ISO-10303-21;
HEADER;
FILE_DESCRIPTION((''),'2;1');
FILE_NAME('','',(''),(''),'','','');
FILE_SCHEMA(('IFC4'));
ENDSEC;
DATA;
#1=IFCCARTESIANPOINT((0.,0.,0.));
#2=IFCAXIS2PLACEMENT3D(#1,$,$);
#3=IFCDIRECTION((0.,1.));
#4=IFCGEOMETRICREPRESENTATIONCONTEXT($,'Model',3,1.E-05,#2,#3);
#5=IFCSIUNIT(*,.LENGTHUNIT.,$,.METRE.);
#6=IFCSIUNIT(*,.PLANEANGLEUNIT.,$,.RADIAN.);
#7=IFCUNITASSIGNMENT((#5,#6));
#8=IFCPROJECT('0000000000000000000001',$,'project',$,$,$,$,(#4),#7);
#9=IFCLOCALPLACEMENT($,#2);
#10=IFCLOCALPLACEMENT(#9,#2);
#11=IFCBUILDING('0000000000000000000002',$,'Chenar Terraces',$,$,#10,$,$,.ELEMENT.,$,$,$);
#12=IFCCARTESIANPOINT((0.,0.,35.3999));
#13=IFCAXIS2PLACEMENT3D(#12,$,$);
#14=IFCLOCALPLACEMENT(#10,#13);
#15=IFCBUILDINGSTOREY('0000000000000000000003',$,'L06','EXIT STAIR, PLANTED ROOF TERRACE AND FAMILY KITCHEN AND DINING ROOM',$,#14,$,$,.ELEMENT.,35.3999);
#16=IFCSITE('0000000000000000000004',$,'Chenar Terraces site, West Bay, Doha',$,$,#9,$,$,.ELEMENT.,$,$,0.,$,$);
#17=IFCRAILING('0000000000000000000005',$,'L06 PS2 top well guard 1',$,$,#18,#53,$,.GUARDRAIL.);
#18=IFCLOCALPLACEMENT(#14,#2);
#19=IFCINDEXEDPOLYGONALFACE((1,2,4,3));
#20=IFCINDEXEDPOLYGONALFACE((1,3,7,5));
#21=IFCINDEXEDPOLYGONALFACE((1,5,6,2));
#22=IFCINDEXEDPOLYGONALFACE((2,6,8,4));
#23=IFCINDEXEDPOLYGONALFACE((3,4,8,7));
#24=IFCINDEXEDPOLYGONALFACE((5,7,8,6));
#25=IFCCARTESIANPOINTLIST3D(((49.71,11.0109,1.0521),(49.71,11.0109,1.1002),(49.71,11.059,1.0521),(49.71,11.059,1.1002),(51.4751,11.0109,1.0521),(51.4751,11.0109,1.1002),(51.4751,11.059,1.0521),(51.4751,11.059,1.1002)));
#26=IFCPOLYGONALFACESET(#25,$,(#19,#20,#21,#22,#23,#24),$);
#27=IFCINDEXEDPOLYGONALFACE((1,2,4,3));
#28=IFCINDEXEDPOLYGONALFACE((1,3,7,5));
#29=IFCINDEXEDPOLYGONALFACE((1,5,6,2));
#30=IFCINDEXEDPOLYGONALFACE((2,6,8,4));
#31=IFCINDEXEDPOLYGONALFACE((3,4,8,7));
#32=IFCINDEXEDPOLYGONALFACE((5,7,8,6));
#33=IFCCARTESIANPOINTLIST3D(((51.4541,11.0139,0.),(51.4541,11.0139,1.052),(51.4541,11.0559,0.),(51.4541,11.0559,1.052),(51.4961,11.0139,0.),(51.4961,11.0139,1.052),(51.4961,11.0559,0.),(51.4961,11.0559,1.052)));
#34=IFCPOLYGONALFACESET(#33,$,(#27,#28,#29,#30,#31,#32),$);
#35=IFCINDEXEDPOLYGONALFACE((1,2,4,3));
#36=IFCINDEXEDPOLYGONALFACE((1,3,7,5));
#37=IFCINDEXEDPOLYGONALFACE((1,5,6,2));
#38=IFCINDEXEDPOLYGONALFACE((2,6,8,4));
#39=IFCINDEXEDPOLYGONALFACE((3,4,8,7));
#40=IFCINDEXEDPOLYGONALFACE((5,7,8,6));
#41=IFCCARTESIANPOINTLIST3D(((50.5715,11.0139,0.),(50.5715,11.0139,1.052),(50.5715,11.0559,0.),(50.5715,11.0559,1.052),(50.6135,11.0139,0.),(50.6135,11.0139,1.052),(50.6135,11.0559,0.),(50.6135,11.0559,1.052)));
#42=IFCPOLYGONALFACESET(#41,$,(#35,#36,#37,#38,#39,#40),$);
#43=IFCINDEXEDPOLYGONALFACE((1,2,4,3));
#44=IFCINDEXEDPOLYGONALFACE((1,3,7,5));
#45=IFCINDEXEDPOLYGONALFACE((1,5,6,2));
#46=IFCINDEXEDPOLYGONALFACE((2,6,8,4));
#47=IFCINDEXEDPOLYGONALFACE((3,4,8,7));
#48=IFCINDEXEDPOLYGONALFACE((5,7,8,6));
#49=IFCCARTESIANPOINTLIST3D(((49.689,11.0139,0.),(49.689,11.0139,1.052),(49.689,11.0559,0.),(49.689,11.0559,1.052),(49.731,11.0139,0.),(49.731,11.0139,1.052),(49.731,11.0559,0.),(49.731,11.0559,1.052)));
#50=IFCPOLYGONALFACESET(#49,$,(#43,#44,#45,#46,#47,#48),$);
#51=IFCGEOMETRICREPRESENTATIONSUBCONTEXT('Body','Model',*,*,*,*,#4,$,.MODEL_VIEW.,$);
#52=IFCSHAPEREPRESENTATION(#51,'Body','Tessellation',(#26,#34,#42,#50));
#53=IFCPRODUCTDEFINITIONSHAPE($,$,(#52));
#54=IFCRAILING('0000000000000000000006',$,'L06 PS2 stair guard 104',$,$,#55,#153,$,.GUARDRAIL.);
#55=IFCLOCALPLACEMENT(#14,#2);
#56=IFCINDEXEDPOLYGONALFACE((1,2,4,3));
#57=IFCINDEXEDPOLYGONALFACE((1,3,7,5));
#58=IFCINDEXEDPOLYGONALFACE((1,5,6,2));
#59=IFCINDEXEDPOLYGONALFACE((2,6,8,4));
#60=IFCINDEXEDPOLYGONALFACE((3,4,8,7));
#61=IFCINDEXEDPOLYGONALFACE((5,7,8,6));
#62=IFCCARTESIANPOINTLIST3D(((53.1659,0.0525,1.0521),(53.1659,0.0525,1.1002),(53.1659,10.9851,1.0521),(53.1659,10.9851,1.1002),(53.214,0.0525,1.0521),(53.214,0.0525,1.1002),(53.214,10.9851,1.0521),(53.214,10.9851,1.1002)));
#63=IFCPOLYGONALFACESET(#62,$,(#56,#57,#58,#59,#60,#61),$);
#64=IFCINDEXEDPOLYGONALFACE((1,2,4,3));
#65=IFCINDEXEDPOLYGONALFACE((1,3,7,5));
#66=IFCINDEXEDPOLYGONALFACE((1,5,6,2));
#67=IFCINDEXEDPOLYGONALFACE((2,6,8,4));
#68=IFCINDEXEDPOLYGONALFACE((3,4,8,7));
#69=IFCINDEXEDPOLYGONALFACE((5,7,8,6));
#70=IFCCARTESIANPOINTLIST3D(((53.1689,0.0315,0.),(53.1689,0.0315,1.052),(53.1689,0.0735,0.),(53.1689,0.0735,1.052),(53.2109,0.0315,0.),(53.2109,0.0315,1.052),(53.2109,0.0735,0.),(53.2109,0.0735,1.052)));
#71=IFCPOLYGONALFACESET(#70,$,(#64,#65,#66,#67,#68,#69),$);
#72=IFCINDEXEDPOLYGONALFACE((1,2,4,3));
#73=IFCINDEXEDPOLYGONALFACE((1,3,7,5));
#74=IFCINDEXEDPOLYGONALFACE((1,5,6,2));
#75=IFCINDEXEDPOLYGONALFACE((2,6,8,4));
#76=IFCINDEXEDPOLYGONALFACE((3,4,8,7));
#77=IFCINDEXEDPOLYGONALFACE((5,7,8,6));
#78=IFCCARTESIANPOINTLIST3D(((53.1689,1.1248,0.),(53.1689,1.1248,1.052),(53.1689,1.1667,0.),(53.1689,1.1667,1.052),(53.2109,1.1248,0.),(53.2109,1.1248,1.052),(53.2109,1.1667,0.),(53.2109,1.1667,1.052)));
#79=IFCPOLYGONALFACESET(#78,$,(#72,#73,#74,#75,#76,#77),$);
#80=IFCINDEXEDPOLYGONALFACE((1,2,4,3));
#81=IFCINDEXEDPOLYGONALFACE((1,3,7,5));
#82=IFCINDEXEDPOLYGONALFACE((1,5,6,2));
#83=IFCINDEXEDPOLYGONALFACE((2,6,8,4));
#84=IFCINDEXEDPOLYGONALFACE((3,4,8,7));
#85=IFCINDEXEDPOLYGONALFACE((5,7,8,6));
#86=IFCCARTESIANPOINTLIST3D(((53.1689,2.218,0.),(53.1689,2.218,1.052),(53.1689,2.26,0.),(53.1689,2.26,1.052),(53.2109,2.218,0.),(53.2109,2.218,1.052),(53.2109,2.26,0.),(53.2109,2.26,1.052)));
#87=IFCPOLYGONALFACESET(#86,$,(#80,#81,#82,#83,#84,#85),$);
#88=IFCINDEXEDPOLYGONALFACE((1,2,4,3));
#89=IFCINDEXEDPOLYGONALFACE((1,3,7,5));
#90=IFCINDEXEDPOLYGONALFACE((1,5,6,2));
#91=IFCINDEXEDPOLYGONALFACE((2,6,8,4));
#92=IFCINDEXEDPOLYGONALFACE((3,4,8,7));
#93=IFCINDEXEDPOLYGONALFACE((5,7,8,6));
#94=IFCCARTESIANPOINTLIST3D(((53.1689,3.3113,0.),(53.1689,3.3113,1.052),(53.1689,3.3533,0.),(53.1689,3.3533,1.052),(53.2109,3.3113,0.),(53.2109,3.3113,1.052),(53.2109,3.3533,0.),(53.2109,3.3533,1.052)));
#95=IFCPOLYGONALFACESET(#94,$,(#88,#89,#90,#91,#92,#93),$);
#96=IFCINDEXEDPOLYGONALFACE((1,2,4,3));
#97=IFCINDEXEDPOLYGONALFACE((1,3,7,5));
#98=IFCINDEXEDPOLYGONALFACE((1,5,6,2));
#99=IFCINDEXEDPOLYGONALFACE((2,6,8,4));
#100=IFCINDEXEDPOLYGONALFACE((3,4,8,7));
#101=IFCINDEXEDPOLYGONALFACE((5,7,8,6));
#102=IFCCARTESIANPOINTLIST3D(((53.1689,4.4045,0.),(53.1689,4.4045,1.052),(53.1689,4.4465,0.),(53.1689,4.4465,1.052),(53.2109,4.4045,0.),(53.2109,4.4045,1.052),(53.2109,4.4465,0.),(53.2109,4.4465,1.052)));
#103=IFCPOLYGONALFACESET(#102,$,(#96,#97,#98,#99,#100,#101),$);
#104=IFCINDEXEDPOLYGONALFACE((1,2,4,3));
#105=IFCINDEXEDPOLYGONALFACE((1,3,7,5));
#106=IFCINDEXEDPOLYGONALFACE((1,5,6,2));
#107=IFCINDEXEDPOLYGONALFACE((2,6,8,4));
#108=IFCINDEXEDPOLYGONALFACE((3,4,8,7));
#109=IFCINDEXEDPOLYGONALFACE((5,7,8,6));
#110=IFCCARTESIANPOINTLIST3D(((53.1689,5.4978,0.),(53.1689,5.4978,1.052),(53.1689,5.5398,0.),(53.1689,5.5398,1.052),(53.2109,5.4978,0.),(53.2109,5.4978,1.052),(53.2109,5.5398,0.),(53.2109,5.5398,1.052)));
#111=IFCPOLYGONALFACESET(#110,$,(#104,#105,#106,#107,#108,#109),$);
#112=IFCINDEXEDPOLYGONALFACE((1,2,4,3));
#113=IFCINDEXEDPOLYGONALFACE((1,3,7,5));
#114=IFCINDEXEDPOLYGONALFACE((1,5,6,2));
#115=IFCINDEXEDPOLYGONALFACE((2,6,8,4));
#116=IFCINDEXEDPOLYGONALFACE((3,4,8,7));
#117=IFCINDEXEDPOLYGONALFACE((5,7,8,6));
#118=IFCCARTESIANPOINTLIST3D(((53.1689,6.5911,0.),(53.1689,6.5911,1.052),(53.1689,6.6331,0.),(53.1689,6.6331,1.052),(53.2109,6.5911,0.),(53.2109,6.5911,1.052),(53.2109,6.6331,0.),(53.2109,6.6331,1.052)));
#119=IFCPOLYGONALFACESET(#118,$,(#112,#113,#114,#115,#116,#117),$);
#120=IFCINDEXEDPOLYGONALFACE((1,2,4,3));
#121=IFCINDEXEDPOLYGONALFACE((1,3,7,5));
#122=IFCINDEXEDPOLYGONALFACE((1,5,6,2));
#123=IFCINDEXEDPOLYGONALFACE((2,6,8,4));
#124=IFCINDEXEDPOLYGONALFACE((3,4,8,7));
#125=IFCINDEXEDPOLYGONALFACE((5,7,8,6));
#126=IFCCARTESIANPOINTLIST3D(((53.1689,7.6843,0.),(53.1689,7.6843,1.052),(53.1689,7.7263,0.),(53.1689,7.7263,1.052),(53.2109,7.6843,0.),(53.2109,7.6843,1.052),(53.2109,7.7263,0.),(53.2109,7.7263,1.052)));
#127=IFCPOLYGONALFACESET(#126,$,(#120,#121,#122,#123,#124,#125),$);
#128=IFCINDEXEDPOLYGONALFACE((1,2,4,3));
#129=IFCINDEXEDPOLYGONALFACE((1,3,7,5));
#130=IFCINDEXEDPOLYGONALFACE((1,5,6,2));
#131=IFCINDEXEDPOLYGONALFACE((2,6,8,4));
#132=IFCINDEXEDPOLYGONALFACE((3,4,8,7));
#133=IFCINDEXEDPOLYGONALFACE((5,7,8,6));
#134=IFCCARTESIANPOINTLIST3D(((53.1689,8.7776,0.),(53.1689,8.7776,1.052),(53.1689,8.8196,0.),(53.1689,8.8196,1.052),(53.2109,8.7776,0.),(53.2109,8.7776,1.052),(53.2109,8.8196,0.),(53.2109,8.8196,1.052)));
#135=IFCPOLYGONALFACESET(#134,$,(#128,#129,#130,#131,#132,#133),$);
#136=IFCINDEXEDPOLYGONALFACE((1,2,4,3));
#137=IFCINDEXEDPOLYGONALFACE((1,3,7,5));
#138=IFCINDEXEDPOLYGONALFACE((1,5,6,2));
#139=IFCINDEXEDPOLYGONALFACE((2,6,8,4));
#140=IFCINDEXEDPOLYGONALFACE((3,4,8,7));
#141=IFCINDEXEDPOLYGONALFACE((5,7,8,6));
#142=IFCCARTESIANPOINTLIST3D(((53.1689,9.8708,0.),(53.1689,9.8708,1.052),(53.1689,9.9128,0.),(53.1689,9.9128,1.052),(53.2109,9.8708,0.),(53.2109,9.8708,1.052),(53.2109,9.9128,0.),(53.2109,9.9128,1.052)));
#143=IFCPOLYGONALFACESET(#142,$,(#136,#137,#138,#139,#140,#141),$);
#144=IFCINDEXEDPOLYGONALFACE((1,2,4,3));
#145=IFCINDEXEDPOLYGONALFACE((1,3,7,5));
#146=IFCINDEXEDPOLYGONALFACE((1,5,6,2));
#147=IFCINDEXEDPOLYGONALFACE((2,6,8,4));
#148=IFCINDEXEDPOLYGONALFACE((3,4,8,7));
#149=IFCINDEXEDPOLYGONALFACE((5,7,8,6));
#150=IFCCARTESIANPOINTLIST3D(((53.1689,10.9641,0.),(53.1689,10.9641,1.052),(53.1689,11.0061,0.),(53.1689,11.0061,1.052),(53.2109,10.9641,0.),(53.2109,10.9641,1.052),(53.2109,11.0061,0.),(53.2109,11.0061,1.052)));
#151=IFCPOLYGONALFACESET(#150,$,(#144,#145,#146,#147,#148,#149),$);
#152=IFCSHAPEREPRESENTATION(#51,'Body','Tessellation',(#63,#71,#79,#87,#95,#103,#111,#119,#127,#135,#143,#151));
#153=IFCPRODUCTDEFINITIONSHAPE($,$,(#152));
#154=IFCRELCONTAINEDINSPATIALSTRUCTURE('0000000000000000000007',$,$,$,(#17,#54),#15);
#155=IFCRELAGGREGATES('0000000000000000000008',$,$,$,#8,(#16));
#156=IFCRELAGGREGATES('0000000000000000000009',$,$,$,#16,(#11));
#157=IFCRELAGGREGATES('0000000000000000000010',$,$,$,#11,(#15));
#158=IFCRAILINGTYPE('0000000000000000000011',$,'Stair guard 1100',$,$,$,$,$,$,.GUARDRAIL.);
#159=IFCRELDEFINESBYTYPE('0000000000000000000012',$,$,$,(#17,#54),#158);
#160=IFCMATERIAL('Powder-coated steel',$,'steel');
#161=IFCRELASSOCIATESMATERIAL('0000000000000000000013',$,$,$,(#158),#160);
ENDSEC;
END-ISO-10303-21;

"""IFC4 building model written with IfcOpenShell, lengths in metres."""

from ifc_helpers import new_model, si_unit, direction, frame, origin, origin_2d, place, context, subcontext, project, spatial, rectangle, extrude, material, type_object, element, save


model = new_model("IFC4")

# Units and contexts
model_context = context("Model", 3, precision=1e-05, world=origin(), true_north=direction((0.0, 1.0)))
body_context = subcontext(model_context, "Body", "Model", "MODEL_VIEW")
ifc_project = project(units=[si_unit("LENGTHUNIT", "METRE"), si_unit("PLANEANGLEUNIT", "RADIAN")], contexts=[model_context])

# Site, building, storey
site_placement = place(None, origin())
site = spatial("IfcSite", under=ifc_project, at=site_placement, Name="Chenar Terraces site, West Bay, Doha", CompositionType="ELEMENT", RefElevation=0.0)
building_placement = place(site_placement, origin())
building = spatial("IfcBuilding", under=site, at=building_placement, Name="Chenar Terraces", CompositionType="ELEMENT")
storey_placement = place(building_placement, frame((0.0, 0.0, 35.3999)))
storey = spatial("IfcBuildingStorey", under=building, at=storey_placement, Name="L06", Description="EXIT STAIR, PLANTED ROOF TERRACE AND FAMILY KITCHEN AND DINING ROOM", CompositionType="ELEMENT", Elevation=35.3999)

# Railings
ifc_material_1 = material(Name="Powder-coated steel", Category="steel")
railing_type = type_object("IfcRailingType", Name="Stair guard 1100", PredefinedType="GUARDRAIL", material=ifc_material_1)
railing_1_placement = place(storey_placement, frame((51.4751, 11.0349, 0.0)))
element("IfcRailing", 1, at=railing_1_placement, inside=storey, type_object=railing_type, Name="L06 PS2 top well guard 1", PredefinedType="GUARDRAIL", context=body_context, shape_type="SweptSolid", body=[
    extrude(rectangle(XDim=0.0481, YDim=0.0481, at=origin_2d()), frame((0.0, 0.0, 1.0762), z_axis=(-1.0, 0.0, 0.0), x_axis=(0.0, -1.0, 0.0)), (0.0, 0.0, 1.0), 1.7651),
    extrude(rectangle(XDim=0.042, YDim=0.042, at=origin_2d()), origin(), (0.0, 0.0, 1.0), 1.052),
    extrude(rectangle(XDim=0.042, YDim=0.042, at=origin_2d()), frame((-0.8826, 0.0, 0.0)), (0.0, 0.0, 1.0), 1.052),
    extrude(rectangle(XDim=0.042, YDim=0.042, at=origin_2d()), frame((-1.7651, 0.0, 0.0)), (0.0, 0.0, 1.0), 1.052),
])
railing_2_placement = place(storey_placement, frame((53.1899, 0.0525, 0.0)))
element("IfcRailing", 2, at=railing_2_placement, inside=storey, type_object=railing_type, Name="L06 PS2 stair guard 104", PredefinedType="GUARDRAIL", context=body_context, shape_type="SweptSolid", body=[
    extrude(rectangle(XDim=0.0481, YDim=0.0481, at=origin_2d()), frame((0.0, 0.0, 1.0762), z_axis=(0.0, 1.0, 0.0), x_axis=(-1.0, 0.0, 0.0)), (0.0, 0.0, 1.0), 10.9326),
    extrude(rectangle(XDim=0.042, YDim=0.042, at=origin_2d()), origin(), (0.0, 0.0, 1.0), 1.052),
    extrude(rectangle(XDim=0.042, YDim=0.042, at=origin_2d()), frame((0.0, 1.0933, 0.0)), (0.0, 0.0, 1.0), 1.052),
    extrude(rectangle(XDim=0.042, YDim=0.042, at=origin_2d()), frame((0.0, 2.1865, 0.0)), (0.0, 0.0, 1.0), 1.052),
    extrude(rectangle(XDim=0.042, YDim=0.042, at=origin_2d()), frame((0.0, 3.2798, 0.0)), (0.0, 0.0, 1.0), 1.052),
    extrude(rectangle(XDim=0.042, YDim=0.042, at=origin_2d()), frame((0.0, 4.373, 0.0)), (0.0, 0.0, 1.0), 1.052),
    extrude(rectangle(XDim=0.042, YDim=0.042, at=origin_2d()), frame((0.0, 5.4663, 0.0)), (0.0, 0.0, 1.0), 1.052),
    extrude(rectangle(XDim=0.042, YDim=0.042, at=origin_2d()), frame((0.0, 6.5596, 0.0)), (0.0, 0.0, 1.0), 1.052),
    extrude(rectangle(XDim=0.042, YDim=0.042, at=origin_2d()), frame((0.0, 7.6528, 0.0)), (0.0, 0.0, 1.0), 1.052),
    extrude(rectangle(XDim=0.042, YDim=0.042, at=origin_2d()), frame((0.0, 8.7461, 0.0)), (0.0, 0.0, 1.0), 1.052),
    extrude(rectangle(XDim=0.042, YDim=0.042, at=origin_2d()), frame((0.0, 9.8394, 0.0)), (0.0, 0.0, 1.0), 1.052),
    extrude(rectangle(XDim=0.042, YDim=0.042, at=origin_2d()), frame((0.0, 10.9326, 0.0)), (0.0, 0.0, 1.0), 1.052),
])

save(model, "model.ifc")
